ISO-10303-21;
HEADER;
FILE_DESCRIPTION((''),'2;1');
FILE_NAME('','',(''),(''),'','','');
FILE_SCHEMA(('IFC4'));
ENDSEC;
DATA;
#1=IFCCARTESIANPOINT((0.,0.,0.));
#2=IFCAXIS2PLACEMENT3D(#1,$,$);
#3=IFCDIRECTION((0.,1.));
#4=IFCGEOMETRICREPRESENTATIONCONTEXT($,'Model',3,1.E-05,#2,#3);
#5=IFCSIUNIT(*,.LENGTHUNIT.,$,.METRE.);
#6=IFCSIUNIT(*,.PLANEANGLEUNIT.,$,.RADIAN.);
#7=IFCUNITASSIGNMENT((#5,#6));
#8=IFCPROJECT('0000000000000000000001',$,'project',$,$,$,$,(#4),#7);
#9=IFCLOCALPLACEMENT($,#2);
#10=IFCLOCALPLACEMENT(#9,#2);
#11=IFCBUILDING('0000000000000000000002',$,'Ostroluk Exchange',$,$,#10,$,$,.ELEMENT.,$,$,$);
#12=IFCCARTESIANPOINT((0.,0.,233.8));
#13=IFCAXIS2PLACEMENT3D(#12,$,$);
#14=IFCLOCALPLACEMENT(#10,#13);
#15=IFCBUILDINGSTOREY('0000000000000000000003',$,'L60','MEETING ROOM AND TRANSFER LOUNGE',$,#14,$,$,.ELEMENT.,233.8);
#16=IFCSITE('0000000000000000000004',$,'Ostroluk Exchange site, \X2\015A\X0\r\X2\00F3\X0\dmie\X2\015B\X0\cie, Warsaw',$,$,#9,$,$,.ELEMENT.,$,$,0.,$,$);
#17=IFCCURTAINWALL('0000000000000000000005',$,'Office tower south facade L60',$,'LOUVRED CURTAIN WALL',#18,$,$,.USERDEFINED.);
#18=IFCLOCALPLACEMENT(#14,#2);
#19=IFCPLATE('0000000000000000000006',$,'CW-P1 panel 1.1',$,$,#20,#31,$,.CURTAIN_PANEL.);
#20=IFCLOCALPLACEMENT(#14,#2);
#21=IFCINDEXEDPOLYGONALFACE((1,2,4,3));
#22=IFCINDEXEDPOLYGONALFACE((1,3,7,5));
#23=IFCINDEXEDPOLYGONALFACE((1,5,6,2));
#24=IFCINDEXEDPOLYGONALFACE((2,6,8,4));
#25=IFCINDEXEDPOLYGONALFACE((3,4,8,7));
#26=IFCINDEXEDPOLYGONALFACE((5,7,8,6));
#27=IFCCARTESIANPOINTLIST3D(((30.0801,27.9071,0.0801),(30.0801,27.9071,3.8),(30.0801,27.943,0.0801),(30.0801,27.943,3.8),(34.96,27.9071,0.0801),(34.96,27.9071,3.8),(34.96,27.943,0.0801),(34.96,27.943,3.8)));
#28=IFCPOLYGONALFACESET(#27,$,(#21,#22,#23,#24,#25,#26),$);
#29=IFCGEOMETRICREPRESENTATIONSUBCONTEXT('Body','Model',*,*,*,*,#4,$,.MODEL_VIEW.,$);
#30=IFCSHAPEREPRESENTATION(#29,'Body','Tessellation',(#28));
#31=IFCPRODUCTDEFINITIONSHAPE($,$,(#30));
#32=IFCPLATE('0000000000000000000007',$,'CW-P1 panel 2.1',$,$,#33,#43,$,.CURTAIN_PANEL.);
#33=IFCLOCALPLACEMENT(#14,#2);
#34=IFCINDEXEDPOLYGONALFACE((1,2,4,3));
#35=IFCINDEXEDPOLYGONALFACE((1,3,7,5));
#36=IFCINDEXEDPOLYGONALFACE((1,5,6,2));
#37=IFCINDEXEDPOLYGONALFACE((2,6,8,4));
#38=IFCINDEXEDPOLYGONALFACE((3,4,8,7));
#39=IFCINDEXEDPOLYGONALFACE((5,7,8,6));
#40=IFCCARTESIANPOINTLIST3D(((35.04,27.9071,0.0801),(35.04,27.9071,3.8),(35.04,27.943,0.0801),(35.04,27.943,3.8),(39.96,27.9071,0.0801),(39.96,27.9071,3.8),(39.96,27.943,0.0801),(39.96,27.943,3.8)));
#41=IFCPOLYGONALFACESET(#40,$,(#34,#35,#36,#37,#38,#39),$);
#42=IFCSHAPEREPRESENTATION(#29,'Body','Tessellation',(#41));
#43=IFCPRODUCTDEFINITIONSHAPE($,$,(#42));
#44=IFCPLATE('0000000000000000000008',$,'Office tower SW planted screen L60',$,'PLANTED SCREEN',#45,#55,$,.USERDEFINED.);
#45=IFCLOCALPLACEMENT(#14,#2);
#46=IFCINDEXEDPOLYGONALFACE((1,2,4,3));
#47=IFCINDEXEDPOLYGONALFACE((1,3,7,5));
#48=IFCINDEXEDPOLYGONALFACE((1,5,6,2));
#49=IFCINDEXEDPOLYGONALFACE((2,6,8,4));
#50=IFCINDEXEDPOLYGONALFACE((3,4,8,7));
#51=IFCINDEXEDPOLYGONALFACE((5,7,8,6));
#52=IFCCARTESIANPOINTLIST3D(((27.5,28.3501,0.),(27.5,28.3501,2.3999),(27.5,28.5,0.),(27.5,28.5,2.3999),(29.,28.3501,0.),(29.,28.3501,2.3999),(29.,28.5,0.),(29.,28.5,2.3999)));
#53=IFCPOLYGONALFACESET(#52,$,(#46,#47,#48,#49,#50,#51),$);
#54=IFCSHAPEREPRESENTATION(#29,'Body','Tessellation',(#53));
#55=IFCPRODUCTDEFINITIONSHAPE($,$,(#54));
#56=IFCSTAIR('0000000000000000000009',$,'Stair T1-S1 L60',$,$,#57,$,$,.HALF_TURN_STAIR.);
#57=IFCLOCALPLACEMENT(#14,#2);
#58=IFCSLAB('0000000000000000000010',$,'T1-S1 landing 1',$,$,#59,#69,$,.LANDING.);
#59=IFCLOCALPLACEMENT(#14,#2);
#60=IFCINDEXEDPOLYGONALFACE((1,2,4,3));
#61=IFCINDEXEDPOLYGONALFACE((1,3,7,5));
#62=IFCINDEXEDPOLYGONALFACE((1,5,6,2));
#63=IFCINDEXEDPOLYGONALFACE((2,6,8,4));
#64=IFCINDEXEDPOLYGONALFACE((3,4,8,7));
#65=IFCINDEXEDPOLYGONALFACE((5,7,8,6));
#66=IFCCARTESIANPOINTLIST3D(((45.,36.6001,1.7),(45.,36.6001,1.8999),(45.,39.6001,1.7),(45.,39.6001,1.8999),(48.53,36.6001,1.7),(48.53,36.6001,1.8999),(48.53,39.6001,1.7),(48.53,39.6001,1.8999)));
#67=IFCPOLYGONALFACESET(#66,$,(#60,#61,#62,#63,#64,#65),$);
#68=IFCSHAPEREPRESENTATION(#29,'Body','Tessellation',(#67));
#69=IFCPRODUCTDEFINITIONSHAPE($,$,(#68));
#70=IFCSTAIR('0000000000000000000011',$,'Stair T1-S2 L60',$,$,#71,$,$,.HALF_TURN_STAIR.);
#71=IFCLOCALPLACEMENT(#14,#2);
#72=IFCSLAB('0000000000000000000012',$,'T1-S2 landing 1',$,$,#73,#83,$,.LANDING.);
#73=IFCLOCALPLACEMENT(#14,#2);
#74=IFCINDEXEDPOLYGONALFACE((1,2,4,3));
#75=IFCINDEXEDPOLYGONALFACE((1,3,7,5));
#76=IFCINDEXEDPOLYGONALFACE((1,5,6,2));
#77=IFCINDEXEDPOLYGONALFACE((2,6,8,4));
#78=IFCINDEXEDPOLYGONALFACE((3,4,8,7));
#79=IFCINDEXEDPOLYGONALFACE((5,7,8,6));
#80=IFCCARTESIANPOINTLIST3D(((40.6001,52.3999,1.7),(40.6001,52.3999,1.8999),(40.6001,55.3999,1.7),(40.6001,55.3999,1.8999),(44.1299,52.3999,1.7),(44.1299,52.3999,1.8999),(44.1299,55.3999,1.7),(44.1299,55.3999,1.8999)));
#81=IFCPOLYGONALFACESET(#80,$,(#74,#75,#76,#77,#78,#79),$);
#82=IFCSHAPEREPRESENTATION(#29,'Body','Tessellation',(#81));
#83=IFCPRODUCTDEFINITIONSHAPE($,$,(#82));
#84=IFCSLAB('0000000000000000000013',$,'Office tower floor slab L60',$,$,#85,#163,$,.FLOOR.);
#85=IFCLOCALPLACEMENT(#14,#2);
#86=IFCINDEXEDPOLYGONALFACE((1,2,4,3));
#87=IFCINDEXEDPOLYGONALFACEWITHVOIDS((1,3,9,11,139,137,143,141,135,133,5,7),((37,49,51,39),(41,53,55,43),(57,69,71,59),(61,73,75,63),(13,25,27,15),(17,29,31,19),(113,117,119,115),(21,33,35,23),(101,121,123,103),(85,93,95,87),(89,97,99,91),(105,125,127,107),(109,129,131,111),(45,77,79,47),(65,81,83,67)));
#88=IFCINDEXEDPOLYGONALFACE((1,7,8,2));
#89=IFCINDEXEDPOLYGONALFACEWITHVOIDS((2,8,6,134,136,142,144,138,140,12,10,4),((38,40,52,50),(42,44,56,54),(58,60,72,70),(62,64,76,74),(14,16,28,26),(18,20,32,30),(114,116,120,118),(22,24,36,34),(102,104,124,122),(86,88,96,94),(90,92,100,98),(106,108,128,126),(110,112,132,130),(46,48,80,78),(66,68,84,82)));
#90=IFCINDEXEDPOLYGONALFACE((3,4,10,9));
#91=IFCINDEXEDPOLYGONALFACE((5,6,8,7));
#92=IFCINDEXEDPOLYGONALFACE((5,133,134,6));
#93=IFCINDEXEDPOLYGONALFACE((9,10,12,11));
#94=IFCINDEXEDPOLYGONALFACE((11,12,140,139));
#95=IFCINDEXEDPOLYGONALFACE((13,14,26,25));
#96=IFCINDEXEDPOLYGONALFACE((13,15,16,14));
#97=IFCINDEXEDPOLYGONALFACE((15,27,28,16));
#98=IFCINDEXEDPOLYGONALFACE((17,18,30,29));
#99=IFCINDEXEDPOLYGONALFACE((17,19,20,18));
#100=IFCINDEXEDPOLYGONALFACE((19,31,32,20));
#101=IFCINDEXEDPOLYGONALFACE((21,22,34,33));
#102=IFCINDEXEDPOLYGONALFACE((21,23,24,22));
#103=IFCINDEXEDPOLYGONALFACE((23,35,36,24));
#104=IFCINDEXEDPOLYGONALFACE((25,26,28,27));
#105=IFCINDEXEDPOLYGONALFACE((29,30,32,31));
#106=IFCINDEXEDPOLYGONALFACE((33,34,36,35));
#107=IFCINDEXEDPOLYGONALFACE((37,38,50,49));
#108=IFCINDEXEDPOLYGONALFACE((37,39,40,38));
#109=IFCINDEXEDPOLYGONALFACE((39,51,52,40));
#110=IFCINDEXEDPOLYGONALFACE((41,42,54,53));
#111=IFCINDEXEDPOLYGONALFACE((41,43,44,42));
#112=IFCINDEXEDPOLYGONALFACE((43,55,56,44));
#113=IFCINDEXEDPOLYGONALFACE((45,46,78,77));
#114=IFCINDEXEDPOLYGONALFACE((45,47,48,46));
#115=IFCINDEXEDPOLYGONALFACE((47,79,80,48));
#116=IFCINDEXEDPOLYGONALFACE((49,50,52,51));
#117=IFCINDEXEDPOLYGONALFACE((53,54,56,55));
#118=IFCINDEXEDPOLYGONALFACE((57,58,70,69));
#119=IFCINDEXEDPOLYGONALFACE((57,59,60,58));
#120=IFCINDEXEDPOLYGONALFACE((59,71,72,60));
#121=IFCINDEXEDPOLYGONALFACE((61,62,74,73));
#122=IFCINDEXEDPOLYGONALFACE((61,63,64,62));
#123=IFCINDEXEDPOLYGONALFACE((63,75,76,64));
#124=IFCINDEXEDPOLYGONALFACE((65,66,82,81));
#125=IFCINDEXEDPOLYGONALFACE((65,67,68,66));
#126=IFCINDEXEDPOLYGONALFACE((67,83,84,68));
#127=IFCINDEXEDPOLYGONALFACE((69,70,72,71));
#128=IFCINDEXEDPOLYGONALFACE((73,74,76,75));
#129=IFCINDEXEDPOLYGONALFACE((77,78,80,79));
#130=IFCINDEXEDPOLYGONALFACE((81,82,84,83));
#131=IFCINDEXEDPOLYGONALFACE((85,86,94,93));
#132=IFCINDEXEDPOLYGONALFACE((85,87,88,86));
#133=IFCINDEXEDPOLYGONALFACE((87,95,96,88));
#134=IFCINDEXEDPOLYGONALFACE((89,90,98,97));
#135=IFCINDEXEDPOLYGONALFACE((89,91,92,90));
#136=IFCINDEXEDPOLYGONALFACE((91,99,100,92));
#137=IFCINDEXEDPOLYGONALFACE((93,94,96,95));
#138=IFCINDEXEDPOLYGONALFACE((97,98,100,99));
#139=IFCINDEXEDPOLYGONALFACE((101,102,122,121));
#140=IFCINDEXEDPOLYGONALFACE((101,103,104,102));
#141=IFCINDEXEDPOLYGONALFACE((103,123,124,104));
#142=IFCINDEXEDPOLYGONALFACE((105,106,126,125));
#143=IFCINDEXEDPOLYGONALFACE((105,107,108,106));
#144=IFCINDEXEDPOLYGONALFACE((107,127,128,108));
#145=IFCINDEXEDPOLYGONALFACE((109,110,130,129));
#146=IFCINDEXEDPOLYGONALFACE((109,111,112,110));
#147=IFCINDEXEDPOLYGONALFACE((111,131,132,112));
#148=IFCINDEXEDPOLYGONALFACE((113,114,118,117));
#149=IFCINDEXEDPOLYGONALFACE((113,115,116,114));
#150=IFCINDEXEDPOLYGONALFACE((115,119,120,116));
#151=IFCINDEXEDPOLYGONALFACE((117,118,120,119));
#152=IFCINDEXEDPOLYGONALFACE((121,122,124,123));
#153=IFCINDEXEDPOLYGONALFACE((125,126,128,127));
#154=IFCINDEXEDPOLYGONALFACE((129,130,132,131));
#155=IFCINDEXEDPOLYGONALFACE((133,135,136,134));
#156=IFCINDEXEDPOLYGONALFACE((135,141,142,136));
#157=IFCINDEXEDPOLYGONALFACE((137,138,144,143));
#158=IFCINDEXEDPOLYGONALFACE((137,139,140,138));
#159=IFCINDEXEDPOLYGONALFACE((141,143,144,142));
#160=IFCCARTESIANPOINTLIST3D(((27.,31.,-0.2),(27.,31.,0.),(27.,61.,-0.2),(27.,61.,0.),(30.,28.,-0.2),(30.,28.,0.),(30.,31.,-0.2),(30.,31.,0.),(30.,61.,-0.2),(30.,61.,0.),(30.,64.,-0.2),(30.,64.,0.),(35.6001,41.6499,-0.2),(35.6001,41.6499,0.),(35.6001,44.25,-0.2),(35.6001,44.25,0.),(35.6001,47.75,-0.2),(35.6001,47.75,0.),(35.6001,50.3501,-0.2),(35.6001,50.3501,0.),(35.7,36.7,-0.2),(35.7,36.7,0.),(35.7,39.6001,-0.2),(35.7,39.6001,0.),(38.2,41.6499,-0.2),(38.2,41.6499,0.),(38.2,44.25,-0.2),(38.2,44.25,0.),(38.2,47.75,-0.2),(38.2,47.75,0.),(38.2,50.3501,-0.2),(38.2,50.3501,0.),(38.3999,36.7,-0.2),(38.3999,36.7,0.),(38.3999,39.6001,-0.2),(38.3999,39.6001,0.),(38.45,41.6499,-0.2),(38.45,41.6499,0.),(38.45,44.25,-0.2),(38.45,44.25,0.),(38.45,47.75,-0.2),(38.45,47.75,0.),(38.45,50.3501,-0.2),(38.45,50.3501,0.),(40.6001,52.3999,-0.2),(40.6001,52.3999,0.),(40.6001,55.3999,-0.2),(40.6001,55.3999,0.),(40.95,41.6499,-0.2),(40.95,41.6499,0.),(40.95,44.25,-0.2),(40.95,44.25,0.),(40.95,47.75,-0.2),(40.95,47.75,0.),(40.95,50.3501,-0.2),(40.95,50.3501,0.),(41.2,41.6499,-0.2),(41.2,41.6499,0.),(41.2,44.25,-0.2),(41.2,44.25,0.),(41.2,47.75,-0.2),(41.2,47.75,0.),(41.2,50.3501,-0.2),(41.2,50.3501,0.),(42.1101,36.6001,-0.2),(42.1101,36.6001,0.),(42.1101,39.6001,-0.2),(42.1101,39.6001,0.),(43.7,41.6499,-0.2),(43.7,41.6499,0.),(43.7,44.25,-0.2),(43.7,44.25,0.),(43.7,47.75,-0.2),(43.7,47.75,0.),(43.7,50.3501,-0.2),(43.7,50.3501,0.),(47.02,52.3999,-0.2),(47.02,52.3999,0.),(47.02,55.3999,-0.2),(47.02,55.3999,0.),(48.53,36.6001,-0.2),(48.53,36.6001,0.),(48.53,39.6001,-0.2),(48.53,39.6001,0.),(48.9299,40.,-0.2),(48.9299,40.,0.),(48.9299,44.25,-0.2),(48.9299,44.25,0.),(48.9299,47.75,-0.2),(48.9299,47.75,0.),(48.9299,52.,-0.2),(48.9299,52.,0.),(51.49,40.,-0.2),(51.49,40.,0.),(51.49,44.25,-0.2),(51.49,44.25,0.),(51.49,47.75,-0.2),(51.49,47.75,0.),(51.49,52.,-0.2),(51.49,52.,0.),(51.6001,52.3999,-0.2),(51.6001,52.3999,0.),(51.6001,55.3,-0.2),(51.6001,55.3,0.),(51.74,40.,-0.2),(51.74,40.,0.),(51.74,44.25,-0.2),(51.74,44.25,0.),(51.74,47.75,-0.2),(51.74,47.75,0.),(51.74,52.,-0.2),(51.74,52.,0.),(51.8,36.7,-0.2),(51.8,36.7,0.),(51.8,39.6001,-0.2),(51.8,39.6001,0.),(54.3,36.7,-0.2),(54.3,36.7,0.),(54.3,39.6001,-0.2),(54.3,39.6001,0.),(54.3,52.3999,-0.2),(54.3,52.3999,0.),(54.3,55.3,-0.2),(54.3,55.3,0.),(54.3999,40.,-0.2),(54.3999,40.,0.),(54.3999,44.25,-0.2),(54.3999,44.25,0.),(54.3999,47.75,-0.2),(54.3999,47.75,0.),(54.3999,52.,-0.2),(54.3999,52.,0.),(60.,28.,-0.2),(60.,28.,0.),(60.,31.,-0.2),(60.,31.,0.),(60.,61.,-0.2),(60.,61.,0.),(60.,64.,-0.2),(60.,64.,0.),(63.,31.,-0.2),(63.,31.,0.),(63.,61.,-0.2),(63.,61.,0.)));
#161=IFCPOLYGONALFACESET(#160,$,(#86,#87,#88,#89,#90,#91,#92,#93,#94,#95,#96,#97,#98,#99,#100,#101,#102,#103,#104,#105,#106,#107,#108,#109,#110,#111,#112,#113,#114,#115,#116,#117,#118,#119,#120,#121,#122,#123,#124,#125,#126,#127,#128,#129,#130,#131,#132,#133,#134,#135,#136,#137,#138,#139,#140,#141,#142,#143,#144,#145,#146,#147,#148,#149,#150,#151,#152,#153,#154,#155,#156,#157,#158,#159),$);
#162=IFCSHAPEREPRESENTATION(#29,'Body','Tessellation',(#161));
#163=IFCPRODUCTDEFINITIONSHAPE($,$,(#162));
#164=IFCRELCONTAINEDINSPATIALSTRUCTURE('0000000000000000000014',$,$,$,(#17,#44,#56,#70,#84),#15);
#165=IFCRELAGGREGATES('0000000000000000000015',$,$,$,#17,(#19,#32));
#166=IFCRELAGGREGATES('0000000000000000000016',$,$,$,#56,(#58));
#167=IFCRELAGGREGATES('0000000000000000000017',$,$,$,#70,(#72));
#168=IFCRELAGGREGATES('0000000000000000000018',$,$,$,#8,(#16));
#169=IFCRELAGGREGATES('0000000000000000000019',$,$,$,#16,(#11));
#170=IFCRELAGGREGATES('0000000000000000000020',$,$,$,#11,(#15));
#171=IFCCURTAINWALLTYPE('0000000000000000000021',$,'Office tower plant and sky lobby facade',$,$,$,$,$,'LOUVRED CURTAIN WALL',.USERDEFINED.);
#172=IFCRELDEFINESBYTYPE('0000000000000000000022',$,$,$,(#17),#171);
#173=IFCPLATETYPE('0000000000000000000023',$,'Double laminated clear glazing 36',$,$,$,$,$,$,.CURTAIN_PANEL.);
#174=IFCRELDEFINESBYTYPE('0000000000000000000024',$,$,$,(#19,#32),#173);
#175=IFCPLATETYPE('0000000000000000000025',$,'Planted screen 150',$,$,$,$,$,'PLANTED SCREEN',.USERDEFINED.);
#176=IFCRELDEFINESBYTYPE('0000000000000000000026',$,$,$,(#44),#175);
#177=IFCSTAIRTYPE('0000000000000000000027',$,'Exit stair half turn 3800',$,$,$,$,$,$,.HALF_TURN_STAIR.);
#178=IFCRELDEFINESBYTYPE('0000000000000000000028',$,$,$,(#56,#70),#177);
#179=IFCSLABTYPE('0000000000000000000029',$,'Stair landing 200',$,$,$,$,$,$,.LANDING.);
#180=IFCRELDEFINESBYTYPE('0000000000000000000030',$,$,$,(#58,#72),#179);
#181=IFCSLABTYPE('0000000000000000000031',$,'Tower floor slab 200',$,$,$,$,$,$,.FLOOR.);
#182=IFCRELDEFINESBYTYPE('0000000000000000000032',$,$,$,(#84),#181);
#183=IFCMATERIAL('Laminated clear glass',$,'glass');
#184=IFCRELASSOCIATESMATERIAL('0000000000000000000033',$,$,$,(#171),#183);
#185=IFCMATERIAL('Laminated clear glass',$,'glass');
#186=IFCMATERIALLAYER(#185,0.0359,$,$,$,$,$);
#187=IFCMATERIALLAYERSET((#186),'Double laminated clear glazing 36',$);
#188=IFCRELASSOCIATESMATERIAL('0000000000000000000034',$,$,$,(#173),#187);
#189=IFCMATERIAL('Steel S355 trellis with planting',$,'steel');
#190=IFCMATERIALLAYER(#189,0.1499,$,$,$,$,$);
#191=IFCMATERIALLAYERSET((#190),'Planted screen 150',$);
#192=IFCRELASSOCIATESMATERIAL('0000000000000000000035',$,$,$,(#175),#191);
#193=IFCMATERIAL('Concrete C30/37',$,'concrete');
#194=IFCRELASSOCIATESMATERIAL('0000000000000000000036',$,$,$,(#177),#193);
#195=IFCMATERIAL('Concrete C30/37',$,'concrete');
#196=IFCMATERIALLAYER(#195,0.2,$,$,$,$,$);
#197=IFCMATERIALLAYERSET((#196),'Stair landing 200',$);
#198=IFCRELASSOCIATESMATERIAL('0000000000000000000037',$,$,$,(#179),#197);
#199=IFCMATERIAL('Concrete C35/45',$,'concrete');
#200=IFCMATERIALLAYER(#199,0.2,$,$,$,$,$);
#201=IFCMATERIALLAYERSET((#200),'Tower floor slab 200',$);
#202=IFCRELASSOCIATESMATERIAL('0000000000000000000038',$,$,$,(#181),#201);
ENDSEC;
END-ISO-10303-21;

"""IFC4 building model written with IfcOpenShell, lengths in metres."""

from ifc_helpers import new_model, si_unit, direction, frame, origin, origin_2d, place, context, subcontext, project, spatial, polyline, rectangle, outline, extrude, material, layer, layer_set, type_object, element, aggregate, save


model = new_model("IFC4")

# Units and contexts
model_context = context("Model", 3, precision=1e-05, world=origin(), true_north=direction((0.0, 1.0)))
body_context = subcontext(model_context, "Body", "Model", "MODEL_VIEW")
ifc_project = project(units=[si_unit("LENGTHUNIT", "METRE"), si_unit("PLANEANGLEUNIT", "RADIAN")], contexts=[model_context])

# Site, building, storey
site_placement = place(None, origin())
site = spatial("IfcSite", under=ifc_project, at=site_placement, Name="Ostroluk Exchange site, Śródmieście, Warsaw", CompositionType="ELEMENT", RefElevation=0.0)
building_placement = place(site_placement, origin())
building = spatial("IfcBuilding", under=site, at=building_placement, Name="Ostroluk Exchange", CompositionType="ELEMENT")
storey_placement = place(building_placement, frame((0.0, 0.0, 233.8)))
storey = spatial("IfcBuildingStorey", under=building, at=storey_placement, Name="L60", Description="MEETING ROOM AND TRANSFER LOUNGE", CompositionType="ELEMENT", Elevation=233.8)

# Curtain wall
ifc_material_1 = material(Name="Laminated clear glass", Category="glass")
curtain_wall_type = type_object("IfcCurtainWallType", Name="Office tower plant and sky lobby facade", ElementType="LOUVRED CURTAIN WALL", PredefinedType="USERDEFINED", material=ifc_material_1)
curtain_wall_1_placement = place(storey_placement, origin())
curtain_wall_1 = element("IfcCurtainWall", 1, at=curtain_wall_1_placement, inside=storey, type_object=curtain_wall_type, Name="Office tower south facade L60", ObjectType="LOUVRED CURTAIN WALL", PredefinedType="USERDEFINED")

# Plates
ifc_material_2 = material(Name="Laminated clear glass", Category="glass")
ifc_layer_1 = layer(ifc_material_2, 0.0359)
ifc_layer_set_1 = layer_set([ifc_layer_1], Name="Double laminated clear glazing 36")
plate_type_1 = type_object("IfcPlateType", Name="Double laminated clear glazing 36", PredefinedType="CURTAIN_PANEL", material=ifc_layer_set_1)
plate_1_placement = place(storey_placement, frame((32.52, 27.925, 0.0801), z_axis=(0.0, 0.0, 1.0), x_axis=(1.0, 0.0, 0.0)))
plate_1 = element("IfcPlate", 2, at=plate_1_placement, type_object=plate_type_1, Name="CW-P1 panel 1.1", PredefinedType="CURTAIN_PANEL", context=body_context, shape_type="SweptSolid", body=[
    extrude(rectangle(XDim=4.8799, YDim=0.0359, at=origin_2d()), origin(), (0.0, 0.0, 1.0), 3.72),
])
plate_2_placement = place(storey_placement, frame((37.5, 27.925, 0.0801), z_axis=(0.0, 0.0, 1.0), x_axis=(1.0, 0.0, 0.0)))
plate_2 = element("IfcPlate", 3, at=plate_2_placement, type_object=plate_type_1, Name="CW-P1 panel 2.1", PredefinedType="CURTAIN_PANEL", context=body_context, shape_type="SweptSolid", body=[
    extrude(rectangle(XDim=4.9199, YDim=0.0359, at=origin_2d()), origin(), (0.0, 0.0, 1.0), 3.72),
])
aggregate(curtain_wall_1, [plate_1, plate_2])
ifc_material_3 = material(Name="Steel S355 trellis with planting", Category="steel")
ifc_layer_2 = layer(ifc_material_3, 0.1499)
ifc_layer_set_2 = layer_set([ifc_layer_2], Name="Planted screen 150")
plate_type_2 = type_object("IfcPlateType", Name="Planted screen 150", ElementType="PLANTED SCREEN", PredefinedType="USERDEFINED", material=ifc_layer_set_2)
plate_3_placement = place(storey_placement, frame((28.25, 28.425, 0.0), z_axis=(0.0, 0.0, 1.0), x_axis=(1.0, 0.0, 0.0)))
element("IfcPlate", 4, at=plate_3_placement, inside=storey, type_object=plate_type_2, Name="Office tower SW planted screen L60", ObjectType="PLANTED SCREEN", PredefinedType="USERDEFINED", context=body_context, shape_type="SweptSolid", body=[
    extrude(rectangle(XDim=1.5, YDim=0.1499, at=origin_2d()), origin(), (0.0, 0.0, 1.0), 2.3999),
])

# Stairs, slabs
ifc_material_4 = material(Name="Concrete C30/37", Category="concrete")
stair_type = type_object("IfcStairType", Name="Exit stair half turn 3800", PredefinedType="HALF_TURN_STAIR", material=ifc_material_4)
stair_1_placement = place(storey_placement, origin())
stair_1 = element("IfcStair", 5, at=stair_1_placement, inside=storey, type_object=stair_type, Name="Stair T1-S1 L60", PredefinedType="HALF_TURN_STAIR")
ifc_material_5 = material(Name="Concrete C30/37", Category="concrete")
ifc_layer_3 = layer(ifc_material_5, 0.2)
ifc_layer_set_3 = layer_set([ifc_layer_3], Name="Stair landing 200")
slab_type_1 = type_object("IfcSlabType", Name="Stair landing 200", PredefinedType="LANDING", material=ifc_layer_set_3)
slab_1_placement = place(storey_placement, frame((0.0, 0.0, 1.7)))
slab_1 = element("IfcSlab", 6, at=slab_1_placement, type_object=slab_type_1, Name="T1-S1 landing 1", PredefinedType="LANDING", context=body_context, shape_type="SweptSolid", body=[
    extrude(outline(polyline([(45.0, 36.6001), (45.0, 39.6001), (48.53, 39.6001), (48.53, 36.6001), (45.0, 36.6001)])), origin(), (0.0, 0.0, 1.0), 0.2),
])
aggregate(stair_1, [slab_1])
stair_2_placement = place(storey_placement, origin())
stair_2 = element("IfcStair", 7, at=stair_2_placement, inside=storey, type_object=stair_type, Name="Stair T1-S2 L60", PredefinedType="HALF_TURN_STAIR")
slab_2_placement = place(storey_placement, frame((0.0, 0.0, 1.7)))
slab_2 = element("IfcSlab", 8, at=slab_2_placement, type_object=slab_type_1, Name="T1-S2 landing 1", PredefinedType="LANDING", context=body_context, shape_type="SweptSolid", body=[
    extrude(outline(polyline([(44.1299, 52.3999), (44.1299, 55.3999), (40.6001, 55.3999), (40.6001, 52.3999), (44.1299, 52.3999)])), origin(), (0.0, 0.0, 1.0), 0.2),
])
aggregate(stair_2, [slab_2])

# Slab
ifc_material_6 = material(Name="Concrete C35/45", Category="concrete")
ifc_layer_4 = layer(ifc_material_6, 0.2)
ifc_layer_set_4 = layer_set([ifc_layer_4], Name="Tower floor slab 200")
slab_type_2 = type_object("IfcSlabType", Name="Tower floor slab 200", PredefinedType="FLOOR", material=ifc_layer_set_4)
slab_3_placement = place(storey_placement, frame((0.0, 0.0, -0.2)))
element("IfcSlab", 9, at=slab_3_placement, inside=storey, type_object=slab_type_2, Name="Office tower floor slab L60", PredefinedType="FLOOR", context=body_context, shape_type="SweptSolid", body=[
    extrude(outline(polyline([(30.0, 28.0), (60.0, 28.0), (60.0, 31.0), (63.0, 31.0), (63.0, 61.0), (60.0, 61.0), (60.0, 64.0), (30.0, 64.0), (30.0, 61.0), (27.0, 61.0), (27.0, 31.0), (30.0, 31.0), (30.0, 28.0)]), holes=[polyline([(35.7, 36.7), (38.3999, 36.7), (38.3999, 39.6001), (35.7, 39.6001), (35.7, 36.7)]), polyline([(42.1101, 36.6001), (48.53, 36.6001), (48.53, 39.6001), (42.1101, 39.6001), (42.1101, 36.6001)]), polyline([(51.8, 36.7), (54.3, 36.7), (54.3, 39.6001), (51.8, 39.6001), (51.8, 36.7)]), polyline([(40.6001, 52.3999), (47.02, 52.3999), (47.02, 55.3999), (40.6001, 55.3999), (40.6001, 52.3999)]), polyline([(51.6001, 52.3999), (54.3, 52.3999), (54.3, 55.3), (51.6001, 55.3), (51.6001, 52.3999)]), polyline([(35.6001, 47.75), (38.2, 47.75), (38.2, 50.3501), (35.6001, 50.3501), (35.6001, 47.75)]), polyline([(38.45, 47.75), (40.95, 47.75), (40.95, 50.3501), (38.45, 50.3501), (38.45, 47.75)]), polyline([(41.2, 47.75), (43.7, 47.75), (43.7, 50.3501), (41.2, 50.3501), (41.2, 47.75)]), polyline([(35.6001, 41.6499), (38.2, 41.6499), (38.2, 44.25), (35.6001, 44.25), (35.6001, 41.6499)]), polyline([(38.45, 41.6499), (40.95, 41.6499), (40.95, 44.25), (38.45, 44.25), (38.45, 41.6499)]), polyline([(41.2, 41.6499), (43.7, 41.6499), (43.7, 44.25), (41.2, 44.25), (41.2, 41.6499)]), polyline([(48.9299, 47.75), (51.49, 47.75), (51.49, 52.0), (48.9299, 52.0), (48.9299, 47.75)]), polyline([(51.74, 47.75), (54.3999, 47.75), (54.3999, 52.0), (51.74, 52.0), (51.74, 47.75)]), polyline([(48.9299, 40.0), (51.49, 40.0), (51.49, 44.25), (48.9299, 44.25), (48.9299, 40.0)]), polyline([(51.74, 40.0), (54.3999, 40.0), (54.3999, 44.25), (51.74, 44.25), (51.74, 40.0)])]), origin(), (0.0, 0.0, 1.0), 0.2),
])

save(model, "model.ifc")
